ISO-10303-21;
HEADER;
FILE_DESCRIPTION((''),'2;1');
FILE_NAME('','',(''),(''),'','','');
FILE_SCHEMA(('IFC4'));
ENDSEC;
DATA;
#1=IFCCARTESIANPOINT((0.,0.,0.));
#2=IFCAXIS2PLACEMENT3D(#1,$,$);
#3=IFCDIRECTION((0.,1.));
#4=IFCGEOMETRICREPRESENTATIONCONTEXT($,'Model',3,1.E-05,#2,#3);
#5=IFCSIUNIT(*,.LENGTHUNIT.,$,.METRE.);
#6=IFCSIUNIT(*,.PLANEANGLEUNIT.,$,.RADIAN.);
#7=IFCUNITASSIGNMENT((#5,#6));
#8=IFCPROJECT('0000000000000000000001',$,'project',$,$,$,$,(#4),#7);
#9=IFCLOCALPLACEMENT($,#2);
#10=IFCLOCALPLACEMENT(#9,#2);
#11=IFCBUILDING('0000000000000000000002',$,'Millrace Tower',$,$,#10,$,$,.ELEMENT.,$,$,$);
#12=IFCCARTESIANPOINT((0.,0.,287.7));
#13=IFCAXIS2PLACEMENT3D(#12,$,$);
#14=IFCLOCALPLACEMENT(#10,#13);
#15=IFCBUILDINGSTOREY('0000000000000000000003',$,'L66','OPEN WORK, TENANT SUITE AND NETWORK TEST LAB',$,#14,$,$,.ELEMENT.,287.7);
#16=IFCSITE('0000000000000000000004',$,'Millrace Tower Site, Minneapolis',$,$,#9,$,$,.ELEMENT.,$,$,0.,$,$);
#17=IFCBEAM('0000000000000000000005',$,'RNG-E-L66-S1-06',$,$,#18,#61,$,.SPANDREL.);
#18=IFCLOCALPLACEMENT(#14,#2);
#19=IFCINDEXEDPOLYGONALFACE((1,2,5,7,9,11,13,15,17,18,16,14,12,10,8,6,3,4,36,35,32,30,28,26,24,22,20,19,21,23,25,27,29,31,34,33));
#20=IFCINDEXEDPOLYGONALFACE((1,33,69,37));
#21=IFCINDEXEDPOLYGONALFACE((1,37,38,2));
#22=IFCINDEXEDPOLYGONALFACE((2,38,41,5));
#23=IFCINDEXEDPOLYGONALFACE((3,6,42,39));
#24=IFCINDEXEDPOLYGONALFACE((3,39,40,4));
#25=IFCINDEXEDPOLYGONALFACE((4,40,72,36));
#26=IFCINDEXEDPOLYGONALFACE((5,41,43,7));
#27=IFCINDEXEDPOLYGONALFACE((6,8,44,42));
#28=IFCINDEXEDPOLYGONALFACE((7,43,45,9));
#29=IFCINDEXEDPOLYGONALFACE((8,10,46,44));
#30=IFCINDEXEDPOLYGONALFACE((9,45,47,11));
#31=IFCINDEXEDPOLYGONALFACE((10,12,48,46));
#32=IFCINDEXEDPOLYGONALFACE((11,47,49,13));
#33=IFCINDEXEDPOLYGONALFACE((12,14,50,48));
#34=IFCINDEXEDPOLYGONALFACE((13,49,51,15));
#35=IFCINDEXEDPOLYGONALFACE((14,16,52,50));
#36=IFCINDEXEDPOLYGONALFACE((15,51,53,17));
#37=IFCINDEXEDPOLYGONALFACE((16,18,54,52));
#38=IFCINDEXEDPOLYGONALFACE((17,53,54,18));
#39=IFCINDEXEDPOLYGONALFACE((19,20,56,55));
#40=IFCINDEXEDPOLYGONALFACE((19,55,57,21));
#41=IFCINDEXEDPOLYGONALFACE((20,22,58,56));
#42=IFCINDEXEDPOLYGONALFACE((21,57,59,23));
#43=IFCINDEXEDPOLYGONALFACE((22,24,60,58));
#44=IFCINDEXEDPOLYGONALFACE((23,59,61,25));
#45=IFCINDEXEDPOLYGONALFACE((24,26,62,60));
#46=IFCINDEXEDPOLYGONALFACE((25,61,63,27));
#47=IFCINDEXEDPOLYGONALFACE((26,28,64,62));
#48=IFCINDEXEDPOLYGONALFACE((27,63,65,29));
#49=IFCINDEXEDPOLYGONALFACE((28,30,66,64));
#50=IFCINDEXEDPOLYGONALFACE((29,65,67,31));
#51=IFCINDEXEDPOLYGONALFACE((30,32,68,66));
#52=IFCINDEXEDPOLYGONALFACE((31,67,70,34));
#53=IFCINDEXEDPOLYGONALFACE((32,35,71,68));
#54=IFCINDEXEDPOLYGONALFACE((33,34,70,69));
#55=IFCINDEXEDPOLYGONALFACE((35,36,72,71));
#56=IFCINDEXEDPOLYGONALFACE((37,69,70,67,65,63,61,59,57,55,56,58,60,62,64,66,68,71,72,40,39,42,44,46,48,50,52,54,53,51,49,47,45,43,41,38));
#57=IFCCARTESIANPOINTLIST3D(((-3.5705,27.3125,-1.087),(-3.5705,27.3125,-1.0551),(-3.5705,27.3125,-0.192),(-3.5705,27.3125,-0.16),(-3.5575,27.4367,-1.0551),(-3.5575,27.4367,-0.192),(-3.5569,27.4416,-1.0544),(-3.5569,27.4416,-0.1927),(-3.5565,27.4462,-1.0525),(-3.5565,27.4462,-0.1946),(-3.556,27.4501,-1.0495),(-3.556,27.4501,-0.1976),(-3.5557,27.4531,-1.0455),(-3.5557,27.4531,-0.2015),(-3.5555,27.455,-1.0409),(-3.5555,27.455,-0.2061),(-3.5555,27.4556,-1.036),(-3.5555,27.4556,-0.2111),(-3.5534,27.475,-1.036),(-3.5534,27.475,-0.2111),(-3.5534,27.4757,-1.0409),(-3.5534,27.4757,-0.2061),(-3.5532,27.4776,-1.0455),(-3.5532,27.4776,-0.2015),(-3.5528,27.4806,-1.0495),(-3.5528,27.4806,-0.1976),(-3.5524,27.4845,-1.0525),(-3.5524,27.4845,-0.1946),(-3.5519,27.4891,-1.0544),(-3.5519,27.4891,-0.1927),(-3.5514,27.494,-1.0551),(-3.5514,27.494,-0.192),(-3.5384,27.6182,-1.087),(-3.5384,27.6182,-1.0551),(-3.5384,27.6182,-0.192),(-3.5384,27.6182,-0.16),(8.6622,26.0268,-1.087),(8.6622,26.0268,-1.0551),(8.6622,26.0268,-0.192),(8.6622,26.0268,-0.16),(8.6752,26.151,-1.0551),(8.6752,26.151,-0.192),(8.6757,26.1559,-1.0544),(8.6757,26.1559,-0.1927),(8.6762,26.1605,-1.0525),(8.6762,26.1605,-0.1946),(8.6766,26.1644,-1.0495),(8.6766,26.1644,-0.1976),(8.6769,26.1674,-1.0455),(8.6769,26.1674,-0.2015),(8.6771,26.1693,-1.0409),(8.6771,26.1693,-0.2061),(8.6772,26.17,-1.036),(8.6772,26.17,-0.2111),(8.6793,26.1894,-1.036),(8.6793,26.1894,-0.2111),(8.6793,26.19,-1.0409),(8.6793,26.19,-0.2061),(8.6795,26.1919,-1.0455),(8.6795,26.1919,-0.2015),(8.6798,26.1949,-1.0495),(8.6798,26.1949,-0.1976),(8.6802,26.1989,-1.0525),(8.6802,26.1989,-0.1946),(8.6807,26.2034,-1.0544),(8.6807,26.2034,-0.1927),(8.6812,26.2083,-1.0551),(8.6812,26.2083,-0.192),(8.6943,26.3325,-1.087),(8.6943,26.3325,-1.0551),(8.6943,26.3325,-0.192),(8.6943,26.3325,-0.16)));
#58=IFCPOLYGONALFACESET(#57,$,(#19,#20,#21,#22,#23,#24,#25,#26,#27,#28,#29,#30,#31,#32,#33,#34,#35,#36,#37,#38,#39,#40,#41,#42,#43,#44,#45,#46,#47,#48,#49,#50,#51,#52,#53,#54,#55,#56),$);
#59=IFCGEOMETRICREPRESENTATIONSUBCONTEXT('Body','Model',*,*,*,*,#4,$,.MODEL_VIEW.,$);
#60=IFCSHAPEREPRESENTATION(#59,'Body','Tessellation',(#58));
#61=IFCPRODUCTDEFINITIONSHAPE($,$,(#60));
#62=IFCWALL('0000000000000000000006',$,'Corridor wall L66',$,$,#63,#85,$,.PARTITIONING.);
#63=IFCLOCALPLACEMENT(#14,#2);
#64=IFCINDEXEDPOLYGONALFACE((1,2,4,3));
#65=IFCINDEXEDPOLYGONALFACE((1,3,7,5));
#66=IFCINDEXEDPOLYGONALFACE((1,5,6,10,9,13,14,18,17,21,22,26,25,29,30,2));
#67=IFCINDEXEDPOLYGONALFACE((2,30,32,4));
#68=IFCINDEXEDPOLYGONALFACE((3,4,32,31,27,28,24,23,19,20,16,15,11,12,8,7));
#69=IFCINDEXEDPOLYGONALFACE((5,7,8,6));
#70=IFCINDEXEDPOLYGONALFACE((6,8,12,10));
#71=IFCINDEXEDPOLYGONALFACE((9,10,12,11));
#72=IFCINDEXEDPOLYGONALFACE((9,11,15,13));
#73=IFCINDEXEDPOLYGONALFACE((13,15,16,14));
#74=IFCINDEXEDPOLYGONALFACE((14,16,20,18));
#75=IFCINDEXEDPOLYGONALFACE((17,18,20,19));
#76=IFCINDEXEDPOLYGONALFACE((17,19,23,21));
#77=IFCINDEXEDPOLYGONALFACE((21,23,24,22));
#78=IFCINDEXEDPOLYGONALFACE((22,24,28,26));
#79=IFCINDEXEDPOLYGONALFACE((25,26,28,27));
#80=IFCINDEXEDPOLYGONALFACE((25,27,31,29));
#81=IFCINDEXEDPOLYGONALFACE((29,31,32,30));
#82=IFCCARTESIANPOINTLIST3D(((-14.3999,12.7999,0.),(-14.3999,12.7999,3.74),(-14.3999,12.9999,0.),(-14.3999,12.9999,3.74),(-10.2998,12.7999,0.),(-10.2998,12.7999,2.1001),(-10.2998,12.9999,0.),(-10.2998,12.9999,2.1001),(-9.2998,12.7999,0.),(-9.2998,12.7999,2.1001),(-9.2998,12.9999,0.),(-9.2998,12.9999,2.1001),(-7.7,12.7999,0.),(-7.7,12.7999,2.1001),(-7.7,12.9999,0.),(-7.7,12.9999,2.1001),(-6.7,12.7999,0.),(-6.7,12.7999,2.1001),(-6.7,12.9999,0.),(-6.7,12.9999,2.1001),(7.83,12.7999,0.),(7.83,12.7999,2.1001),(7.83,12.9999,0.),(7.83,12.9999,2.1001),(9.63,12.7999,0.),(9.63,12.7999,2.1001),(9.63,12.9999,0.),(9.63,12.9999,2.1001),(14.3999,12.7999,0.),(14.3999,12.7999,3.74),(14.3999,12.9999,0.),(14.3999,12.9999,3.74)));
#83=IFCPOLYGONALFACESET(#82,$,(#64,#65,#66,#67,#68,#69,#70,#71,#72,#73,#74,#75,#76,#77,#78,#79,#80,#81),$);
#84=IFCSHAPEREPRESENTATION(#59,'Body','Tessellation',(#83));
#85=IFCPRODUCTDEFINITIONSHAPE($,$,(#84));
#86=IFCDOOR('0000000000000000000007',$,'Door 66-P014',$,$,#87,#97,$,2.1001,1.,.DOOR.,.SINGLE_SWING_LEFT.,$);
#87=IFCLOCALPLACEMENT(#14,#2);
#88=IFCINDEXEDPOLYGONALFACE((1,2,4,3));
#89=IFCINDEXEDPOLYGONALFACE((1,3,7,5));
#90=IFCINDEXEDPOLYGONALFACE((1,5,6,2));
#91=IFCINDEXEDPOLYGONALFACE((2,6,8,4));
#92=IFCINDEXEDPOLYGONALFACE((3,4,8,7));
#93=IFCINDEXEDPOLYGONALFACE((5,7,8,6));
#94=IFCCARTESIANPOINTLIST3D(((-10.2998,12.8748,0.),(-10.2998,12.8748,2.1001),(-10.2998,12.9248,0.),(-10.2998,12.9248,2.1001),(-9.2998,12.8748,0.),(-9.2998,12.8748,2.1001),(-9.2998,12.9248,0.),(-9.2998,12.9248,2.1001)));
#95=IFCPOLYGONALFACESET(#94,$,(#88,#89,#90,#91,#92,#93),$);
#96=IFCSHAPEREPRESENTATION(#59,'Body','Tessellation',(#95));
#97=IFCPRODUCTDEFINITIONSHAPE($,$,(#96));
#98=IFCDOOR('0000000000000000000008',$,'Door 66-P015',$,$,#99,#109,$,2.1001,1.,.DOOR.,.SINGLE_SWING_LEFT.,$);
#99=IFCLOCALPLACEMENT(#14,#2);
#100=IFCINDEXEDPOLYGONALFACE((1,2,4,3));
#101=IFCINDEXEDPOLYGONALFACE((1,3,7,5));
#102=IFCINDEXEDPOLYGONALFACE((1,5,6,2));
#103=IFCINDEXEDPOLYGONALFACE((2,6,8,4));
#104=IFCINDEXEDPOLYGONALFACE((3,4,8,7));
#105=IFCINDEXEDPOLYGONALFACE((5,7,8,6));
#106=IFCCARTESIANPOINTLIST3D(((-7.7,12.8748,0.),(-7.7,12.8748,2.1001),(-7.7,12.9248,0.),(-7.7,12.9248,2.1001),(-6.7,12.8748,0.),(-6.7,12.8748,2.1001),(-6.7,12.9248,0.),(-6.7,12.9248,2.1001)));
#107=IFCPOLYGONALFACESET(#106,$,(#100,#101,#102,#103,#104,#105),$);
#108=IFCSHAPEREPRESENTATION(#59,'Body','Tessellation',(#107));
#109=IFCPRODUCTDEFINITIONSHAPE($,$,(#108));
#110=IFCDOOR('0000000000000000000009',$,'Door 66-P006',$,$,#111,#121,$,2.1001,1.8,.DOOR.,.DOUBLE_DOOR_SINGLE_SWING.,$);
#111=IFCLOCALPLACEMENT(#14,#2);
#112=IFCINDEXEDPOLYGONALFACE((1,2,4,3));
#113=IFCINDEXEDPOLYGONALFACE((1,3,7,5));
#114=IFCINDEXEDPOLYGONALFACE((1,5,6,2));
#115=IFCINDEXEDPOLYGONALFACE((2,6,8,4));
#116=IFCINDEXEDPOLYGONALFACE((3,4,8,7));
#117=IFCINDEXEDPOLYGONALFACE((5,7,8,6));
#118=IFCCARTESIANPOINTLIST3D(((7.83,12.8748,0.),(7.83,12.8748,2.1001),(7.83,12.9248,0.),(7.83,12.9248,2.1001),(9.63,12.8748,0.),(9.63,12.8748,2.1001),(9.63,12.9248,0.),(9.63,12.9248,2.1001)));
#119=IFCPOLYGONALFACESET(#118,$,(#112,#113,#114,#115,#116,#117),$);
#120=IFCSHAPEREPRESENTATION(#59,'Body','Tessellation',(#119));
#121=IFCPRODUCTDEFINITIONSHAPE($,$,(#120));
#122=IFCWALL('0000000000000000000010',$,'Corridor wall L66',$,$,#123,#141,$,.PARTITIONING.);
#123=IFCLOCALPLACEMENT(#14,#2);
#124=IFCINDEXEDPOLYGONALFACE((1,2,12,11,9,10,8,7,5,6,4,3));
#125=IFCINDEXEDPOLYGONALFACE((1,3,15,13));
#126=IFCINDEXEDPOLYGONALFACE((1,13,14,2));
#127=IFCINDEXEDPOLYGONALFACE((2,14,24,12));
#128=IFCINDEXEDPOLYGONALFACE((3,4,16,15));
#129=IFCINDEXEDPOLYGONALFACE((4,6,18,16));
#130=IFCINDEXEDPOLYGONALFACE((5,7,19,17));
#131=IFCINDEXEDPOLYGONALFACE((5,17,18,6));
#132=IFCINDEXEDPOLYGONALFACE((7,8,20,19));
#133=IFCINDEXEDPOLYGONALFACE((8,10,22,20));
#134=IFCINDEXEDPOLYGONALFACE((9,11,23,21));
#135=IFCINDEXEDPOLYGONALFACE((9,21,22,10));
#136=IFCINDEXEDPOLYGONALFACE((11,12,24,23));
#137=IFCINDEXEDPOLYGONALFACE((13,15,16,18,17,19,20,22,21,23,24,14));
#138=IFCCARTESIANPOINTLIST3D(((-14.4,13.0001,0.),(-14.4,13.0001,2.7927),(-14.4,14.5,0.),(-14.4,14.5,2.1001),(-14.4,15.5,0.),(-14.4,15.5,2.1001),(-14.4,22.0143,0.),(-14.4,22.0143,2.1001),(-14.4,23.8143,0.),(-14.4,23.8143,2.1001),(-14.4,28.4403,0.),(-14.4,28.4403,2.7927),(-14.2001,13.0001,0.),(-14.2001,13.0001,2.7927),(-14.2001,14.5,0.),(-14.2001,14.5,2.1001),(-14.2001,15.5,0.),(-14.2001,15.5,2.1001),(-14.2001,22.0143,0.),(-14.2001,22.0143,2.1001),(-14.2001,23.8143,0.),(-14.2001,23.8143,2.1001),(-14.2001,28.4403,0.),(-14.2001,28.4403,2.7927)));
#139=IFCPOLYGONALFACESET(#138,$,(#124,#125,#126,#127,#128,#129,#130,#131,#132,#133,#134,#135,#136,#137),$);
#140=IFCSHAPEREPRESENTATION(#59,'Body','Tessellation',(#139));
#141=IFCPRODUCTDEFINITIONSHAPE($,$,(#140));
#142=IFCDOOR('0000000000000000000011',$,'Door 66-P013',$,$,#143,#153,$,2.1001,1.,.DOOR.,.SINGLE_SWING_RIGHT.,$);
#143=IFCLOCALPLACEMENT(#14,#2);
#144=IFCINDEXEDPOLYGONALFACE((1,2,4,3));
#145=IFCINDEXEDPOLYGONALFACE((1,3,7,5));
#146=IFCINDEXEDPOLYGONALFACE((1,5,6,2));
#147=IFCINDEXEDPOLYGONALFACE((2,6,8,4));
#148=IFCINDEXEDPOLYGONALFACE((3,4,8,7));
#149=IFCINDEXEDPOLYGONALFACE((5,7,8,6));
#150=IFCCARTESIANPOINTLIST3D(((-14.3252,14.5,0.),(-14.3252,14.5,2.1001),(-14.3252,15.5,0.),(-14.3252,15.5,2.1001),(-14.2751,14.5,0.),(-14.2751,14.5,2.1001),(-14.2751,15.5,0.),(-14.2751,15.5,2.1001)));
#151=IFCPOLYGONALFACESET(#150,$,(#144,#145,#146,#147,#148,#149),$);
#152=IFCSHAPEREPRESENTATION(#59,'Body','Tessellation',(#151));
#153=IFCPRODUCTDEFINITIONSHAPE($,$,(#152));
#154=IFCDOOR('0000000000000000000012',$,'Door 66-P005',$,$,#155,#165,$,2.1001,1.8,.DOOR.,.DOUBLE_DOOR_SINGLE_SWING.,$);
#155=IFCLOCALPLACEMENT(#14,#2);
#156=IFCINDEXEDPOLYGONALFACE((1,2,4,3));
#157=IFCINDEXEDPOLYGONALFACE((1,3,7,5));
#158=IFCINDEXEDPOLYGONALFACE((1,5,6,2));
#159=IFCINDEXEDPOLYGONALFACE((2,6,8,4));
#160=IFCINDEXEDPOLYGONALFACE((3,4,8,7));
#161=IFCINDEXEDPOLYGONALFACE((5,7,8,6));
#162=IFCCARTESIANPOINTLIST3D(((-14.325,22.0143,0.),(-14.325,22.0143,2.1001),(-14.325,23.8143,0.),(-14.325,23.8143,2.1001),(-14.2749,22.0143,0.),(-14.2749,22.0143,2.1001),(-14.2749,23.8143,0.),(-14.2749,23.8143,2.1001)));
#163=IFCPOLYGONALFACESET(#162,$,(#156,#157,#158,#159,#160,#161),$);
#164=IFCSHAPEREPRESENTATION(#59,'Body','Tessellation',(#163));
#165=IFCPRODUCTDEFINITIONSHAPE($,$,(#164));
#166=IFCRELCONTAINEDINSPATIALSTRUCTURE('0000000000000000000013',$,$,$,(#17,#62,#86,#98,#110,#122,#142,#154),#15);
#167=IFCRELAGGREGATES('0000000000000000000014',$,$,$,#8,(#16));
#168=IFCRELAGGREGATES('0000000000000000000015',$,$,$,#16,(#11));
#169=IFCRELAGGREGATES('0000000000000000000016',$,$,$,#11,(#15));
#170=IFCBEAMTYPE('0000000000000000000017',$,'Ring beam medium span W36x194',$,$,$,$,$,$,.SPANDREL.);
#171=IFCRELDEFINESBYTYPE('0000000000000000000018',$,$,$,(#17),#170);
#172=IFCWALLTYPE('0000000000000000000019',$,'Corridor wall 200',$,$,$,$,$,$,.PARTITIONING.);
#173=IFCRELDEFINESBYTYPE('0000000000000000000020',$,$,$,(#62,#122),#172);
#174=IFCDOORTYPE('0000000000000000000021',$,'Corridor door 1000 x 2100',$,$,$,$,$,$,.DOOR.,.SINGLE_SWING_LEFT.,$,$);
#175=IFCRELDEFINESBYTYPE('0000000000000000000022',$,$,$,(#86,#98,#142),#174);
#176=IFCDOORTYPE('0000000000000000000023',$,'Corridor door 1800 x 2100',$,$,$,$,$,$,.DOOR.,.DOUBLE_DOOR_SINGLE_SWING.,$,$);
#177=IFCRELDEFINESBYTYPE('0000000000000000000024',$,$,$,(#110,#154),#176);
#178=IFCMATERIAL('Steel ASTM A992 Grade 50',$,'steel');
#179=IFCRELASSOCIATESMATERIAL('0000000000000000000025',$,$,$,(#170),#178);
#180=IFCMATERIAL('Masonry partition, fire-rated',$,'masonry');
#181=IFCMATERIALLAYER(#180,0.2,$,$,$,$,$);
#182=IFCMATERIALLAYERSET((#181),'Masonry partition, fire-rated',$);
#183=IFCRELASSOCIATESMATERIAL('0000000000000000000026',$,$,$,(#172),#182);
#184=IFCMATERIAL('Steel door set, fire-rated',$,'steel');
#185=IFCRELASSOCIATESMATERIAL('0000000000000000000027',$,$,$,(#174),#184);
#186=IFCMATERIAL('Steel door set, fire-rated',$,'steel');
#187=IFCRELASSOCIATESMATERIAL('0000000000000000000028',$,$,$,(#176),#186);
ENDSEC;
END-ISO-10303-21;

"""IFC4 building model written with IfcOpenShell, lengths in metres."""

from ifc_helpers import new_model, si_unit, direction, frame, frame_2d, origin, origin_2d, place, context, subcontext, project, spatial, rectangle, i_section, extrude, material, layer, layer_set, material_profile, profile_set, type_object, element, fill, save


model = new_model("IFC4")

# Units and contexts
model_context = context("Model", 3, precision=1e-05, world=origin(), true_north=direction((0.0, 1.0)))
body_context = subcontext(model_context, "Body", "Model", "MODEL_VIEW")
ifc_project = project(units=[si_unit("LENGTHUNIT", "METRE"), si_unit("PLANEANGLEUNIT", "RADIAN")], contexts=[model_context])

# Site, building, storey
site_placement = place(None, origin())
site = spatial("IfcSite", under=ifc_project, at=site_placement, Name="Millrace Tower Site, Minneapolis", CompositionType="ELEMENT", RefElevation=0.0)
building_placement = place(site_placement, origin())
building = spatial("IfcBuilding", under=site, at=building_placement, Name="Millrace Tower", CompositionType="ELEMENT")
storey_placement = place(building_placement, frame((0.0, 0.0, 287.7)))
storey = spatial("IfcBuildingStorey", under=building, at=storey_placement, Name="L66", Description="OPEN WORK, TENANT SUITE AND NETWORK TEST LAB", CompositionType="ELEMENT", Elevation=287.7)

# Beam
ifc_material_1 = material(Name="Steel ASTM A992 Grade 50", Category="steel")
ifc_material_profile_1 = material_profile(ifc_material_1, i_section(OverallWidth=0.3074, OverallDepth=0.927, WebThickness=0.0195, FlangeThickness=0.032, FilletRadius=0.019, at=origin_2d()))
ifc_profile_set_1 = profile_set([ifc_material_profile_1], Name="Steel ASTM A992 Grade 50")
beam_type_1 = type_object("IfcBeamType", Name="Ring beam medium span W36x194", PredefinedType="SPANDREL", material=ifc_profile_set_1)
beam_1_placement = place(storey_placement, frame((-3.5544, 27.4653, -0.6235), z_axis=(0.994522, -0.104524, 0.0), x_axis=(0.104524, 0.994522, 0.0)))
element("IfcBeam", 1, at=beam_1_placement, inside=storey, type_object=beam_type_1, Name="RNG-E-L66-S1-06", PredefinedType="SPANDREL", context=body_context, shape_type="SweptSolid", body=[
    extrude(i_section(OverallWidth=0.3074, OverallDepth=0.927, WebThickness=0.0195, FlangeThickness=0.032, FilletRadius=0.019, at=origin_2d()), origin(), (0.0, 0.0, 1.0), 12.3),
])

# Walls, openings, doors
ifc_material_2 = material(Name="Masonry partition, fire-rated", Category="masonry")
ifc_layer_1 = layer(ifc_material_2, 0.2)
ifc_layer_set_1 = layer_set([ifc_layer_1], Name="Masonry partition, fire-rated")
wall_type_1 = type_object("IfcWallType", Name="Corridor wall 200", PredefinedType="PARTITIONING", material=ifc_layer_set_1)
wall_1_placement = place(storey_placement, frame((-14.3999, 12.8999, 0.0), z_axis=(0.0, 0.0, 1.0), x_axis=(1.0, 0.0, 0.0)))
wall_1 = element("IfcWall", 2, at=wall_1_placement, inside=storey, type_object=wall_type_1, Name="Corridor wall L66", PredefinedType="PARTITIONING", context=body_context, shape_type="SweptSolid", body=[
    extrude(rectangle(XDim=28.7998, YDim=0.2, at=frame_2d((14.3999, 0.0))), origin(), (0.0, 0.0, 1.0), 3.74),
])
opening_1_placement = place(wall_1_placement, frame((22.23, 0.0, 0.0)))
opening_1 = element("IfcOpeningElement", 3, at=opening_1_placement, cuts=wall_1, PredefinedType="OPENING", context=body_context, shape_type="SweptSolid", body=[
    extrude(rectangle(XDim=1.8, YDim=2.1001, at=frame_2d((0.8999, 1.05))), frame((0.0, 0.1099, 0.0), z_axis=(0.0, -1.0, 0.0), x_axis=(1.0, 0.0, 0.0)), (0.0, 0.0, 1.0), 0.22),
])
opening_2_placement = place(wall_1_placement, frame((4.1001, 0.0, 0.0)))
opening_2 = element("IfcOpeningElement", 4, at=opening_2_placement, cuts=wall_1, PredefinedType="OPENING", context=body_context, shape_type="SweptSolid", body=[
    extrude(rectangle(XDim=1.0, YDim=2.1001, at=frame_2d((0.5, 1.05))), frame((0.0, 0.1099, 0.0), z_axis=(0.0, -1.0, 0.0), x_axis=(1.0, 0.0, 0.0)), (0.0, 0.0, 1.0), 0.22),
])
opening_3_placement = place(wall_1_placement, frame((6.7, 0.0, 0.0)))
opening_3 = element("IfcOpeningElement", 5, at=opening_3_placement, cuts=wall_1, PredefinedType="OPENING", context=body_context, shape_type="SweptSolid", body=[
    extrude(rectangle(XDim=1.0, YDim=2.1001, at=frame_2d((0.5, 1.05))), frame((0.0, 0.1099, 0.0), z_axis=(0.0, -1.0, 0.0), x_axis=(1.0, 0.0, 0.0)), (0.0, 0.0, 1.0), 0.22),
])
ifc_material_3 = material(Name="Steel door set, fire-rated", Category="steel")
door_type_1 = type_object("IfcDoorType", Name="Corridor door 1000 x 2100", OperationType="SINGLE_SWING_LEFT", PredefinedType="DOOR", material=ifc_material_3)
door_1_placement = place(opening_2_placement, origin())
door_1 = element("IfcDoor", 6, at=door_1_placement, inside=storey, type_object=door_type_1, Name="Door 66-P014", OperationType="SINGLE_SWING_LEFT", OverallHeight=2.1001, OverallWidth=1.0, PredefinedType="DOOR", context=body_context, shape_type="SweptSolid", body=[
    extrude(rectangle(XDim=1.0, YDim=2.1001, at=frame_2d((0.5, 1.05))), frame((0.0, 0.0249, 0.0), z_axis=(0.0, -1.0, 0.0), x_axis=(1.0, 0.0, 0.0)), (0.0, 0.0, 1.0), 0.05),
])
fill(opening_2, door_1)
door_2_placement = place(opening_3_placement, origin())
door_2 = element("IfcDoor", 7, at=door_2_placement, inside=storey, type_object=door_type_1, Name="Door 66-P015", OperationType="SINGLE_SWING_LEFT", OverallHeight=2.1001, OverallWidth=1.0, PredefinedType="DOOR", context=body_context, shape_type="SweptSolid", body=[
    extrude(rectangle(XDim=1.0, YDim=2.1001, at=frame_2d((0.5, 1.05))), frame((0.0, 0.0249, 0.0), z_axis=(0.0, -1.0, 0.0), x_axis=(1.0, 0.0, 0.0)), (0.0, 0.0, 1.0), 0.05),
])
fill(opening_3, door_2)
ifc_material_4 = material(Name="Steel door set, fire-rated", Category="steel")
door_type_2 = type_object("IfcDoorType", Name="Corridor door 1800 x 2100", OperationType="DOUBLE_DOOR_SINGLE_SWING", PredefinedType="DOOR", material=ifc_material_4)
door_3_placement = place(opening_1_placement, origin())
door_3 = element("IfcDoor", 8, at=door_3_placement, inside=storey, type_object=door_type_2, Name="Door 66-P006", OperationType="DOUBLE_DOOR_SINGLE_SWING", OverallHeight=2.1001, OverallWidth=1.8, PredefinedType="DOOR", context=body_context, shape_type="SweptSolid", body=[
    extrude(rectangle(XDim=1.8, YDim=2.1001, at=frame_2d((0.8999, 1.05))), frame((0.0, 0.0249, 0.0), z_axis=(0.0, -1.0, 0.0), x_axis=(1.0, 0.0, 0.0)), (0.0, 0.0, 1.0), 0.05),
])
fill(opening_1, door_3)
wall_2_placement = place(storey_placement, frame((-14.3, 13.0, 0.0), z_axis=(0.0, 0.0, 1.0), x_axis=(0.0, 1.0, 0.0)))
wall_2 = element("IfcWall", 9, at=wall_2_placement, inside=storey, type_object=wall_type_1, Name="Corridor wall L66", PredefinedType="PARTITIONING", context=body_context, shape_type="SweptSolid", body=[
    extrude(rectangle(XDim=15.4402, YDim=0.2, at=frame_2d((7.7202, 0.0))), origin(), (0.0, 0.0, 1.0), 2.7927),
])
opening_4_placement = place(wall_2_placement, frame((9.0144, 0.0, 0.0)))
opening_4 = element("IfcOpeningElement", 10, at=opening_4_placement, cuts=wall_2, PredefinedType="OPENING", context=body_context, shape_type="SweptSolid", body=[
    extrude(rectangle(XDim=1.8, YDim=2.1001, at=frame_2d((0.8999, 1.05))), frame((0.0, 0.1099, 0.0), z_axis=(0.0, -1.0, 0.0), x_axis=(1.0, 0.0, 0.0)), (0.0, 0.0, 1.0), 0.22),
])
opening_5_placement = place(wall_2_placement, frame((1.5, 0.0, 0.0)))
opening_5 = element("IfcOpeningElement", 11, at=opening_5_placement, cuts=wall_2, PredefinedType="OPENING", context=body_context, shape_type="SweptSolid", body=[
    extrude(rectangle(XDim=1.0, YDim=2.1001, at=frame_2d((0.5, 1.05))), frame((0.0, 0.1099, 0.0), z_axis=(0.0, -1.0, 0.0), x_axis=(1.0, 0.0, 0.0)), (0.0, 0.0, 1.0), 0.22),
])
door_4_placement = place(opening_5_placement, frame((1.0, 0.0, 0.0), z_axis=(0.0, 0.0, 1.0), x_axis=(-1.0, 0.0, 0.0)))
door_4 = element("IfcDoor", 12, at=door_4_placement, inside=storey, type_object=door_type_1, Name="Door 66-P013", OperationType="SINGLE_SWING_RIGHT", OverallHeight=2.1001, OverallWidth=1.0, PredefinedType="DOOR", context=body_context, shape_type="SweptSolid", body=[
    extrude(rectangle(XDim=1.0, YDim=2.1001, at=frame_2d((0.5, 1.05))), frame((0.0, 0.0249, 0.0), z_axis=(0.0, -1.0, 0.0), x_axis=(1.0, 0.0, 0.0)), (0.0, 0.0, 1.0), 0.05),
])
fill(opening_5, door_4)
door_5_placement = place(opening_4_placement, origin())
door_5 = element("IfcDoor", 13, at=door_5_placement, inside=storey, type_object=door_type_2, Name="Door 66-P005", OperationType="DOUBLE_DOOR_SINGLE_SWING", OverallHeight=2.1001, OverallWidth=1.8, PredefinedType="DOOR", context=body_context, shape_type="SweptSolid", body=[
    extrude(rectangle(XDim=1.8, YDim=2.1001, at=frame_2d((0.8999, 1.05))), frame((0.0, 0.0249, 0.0), z_axis=(0.0, -1.0, 0.0), x_axis=(1.0, 0.0, 0.0)), (0.0, 0.0, 1.0), 0.05),
])
fill(opening_4, door_5)

save(model, "model.ifc")
